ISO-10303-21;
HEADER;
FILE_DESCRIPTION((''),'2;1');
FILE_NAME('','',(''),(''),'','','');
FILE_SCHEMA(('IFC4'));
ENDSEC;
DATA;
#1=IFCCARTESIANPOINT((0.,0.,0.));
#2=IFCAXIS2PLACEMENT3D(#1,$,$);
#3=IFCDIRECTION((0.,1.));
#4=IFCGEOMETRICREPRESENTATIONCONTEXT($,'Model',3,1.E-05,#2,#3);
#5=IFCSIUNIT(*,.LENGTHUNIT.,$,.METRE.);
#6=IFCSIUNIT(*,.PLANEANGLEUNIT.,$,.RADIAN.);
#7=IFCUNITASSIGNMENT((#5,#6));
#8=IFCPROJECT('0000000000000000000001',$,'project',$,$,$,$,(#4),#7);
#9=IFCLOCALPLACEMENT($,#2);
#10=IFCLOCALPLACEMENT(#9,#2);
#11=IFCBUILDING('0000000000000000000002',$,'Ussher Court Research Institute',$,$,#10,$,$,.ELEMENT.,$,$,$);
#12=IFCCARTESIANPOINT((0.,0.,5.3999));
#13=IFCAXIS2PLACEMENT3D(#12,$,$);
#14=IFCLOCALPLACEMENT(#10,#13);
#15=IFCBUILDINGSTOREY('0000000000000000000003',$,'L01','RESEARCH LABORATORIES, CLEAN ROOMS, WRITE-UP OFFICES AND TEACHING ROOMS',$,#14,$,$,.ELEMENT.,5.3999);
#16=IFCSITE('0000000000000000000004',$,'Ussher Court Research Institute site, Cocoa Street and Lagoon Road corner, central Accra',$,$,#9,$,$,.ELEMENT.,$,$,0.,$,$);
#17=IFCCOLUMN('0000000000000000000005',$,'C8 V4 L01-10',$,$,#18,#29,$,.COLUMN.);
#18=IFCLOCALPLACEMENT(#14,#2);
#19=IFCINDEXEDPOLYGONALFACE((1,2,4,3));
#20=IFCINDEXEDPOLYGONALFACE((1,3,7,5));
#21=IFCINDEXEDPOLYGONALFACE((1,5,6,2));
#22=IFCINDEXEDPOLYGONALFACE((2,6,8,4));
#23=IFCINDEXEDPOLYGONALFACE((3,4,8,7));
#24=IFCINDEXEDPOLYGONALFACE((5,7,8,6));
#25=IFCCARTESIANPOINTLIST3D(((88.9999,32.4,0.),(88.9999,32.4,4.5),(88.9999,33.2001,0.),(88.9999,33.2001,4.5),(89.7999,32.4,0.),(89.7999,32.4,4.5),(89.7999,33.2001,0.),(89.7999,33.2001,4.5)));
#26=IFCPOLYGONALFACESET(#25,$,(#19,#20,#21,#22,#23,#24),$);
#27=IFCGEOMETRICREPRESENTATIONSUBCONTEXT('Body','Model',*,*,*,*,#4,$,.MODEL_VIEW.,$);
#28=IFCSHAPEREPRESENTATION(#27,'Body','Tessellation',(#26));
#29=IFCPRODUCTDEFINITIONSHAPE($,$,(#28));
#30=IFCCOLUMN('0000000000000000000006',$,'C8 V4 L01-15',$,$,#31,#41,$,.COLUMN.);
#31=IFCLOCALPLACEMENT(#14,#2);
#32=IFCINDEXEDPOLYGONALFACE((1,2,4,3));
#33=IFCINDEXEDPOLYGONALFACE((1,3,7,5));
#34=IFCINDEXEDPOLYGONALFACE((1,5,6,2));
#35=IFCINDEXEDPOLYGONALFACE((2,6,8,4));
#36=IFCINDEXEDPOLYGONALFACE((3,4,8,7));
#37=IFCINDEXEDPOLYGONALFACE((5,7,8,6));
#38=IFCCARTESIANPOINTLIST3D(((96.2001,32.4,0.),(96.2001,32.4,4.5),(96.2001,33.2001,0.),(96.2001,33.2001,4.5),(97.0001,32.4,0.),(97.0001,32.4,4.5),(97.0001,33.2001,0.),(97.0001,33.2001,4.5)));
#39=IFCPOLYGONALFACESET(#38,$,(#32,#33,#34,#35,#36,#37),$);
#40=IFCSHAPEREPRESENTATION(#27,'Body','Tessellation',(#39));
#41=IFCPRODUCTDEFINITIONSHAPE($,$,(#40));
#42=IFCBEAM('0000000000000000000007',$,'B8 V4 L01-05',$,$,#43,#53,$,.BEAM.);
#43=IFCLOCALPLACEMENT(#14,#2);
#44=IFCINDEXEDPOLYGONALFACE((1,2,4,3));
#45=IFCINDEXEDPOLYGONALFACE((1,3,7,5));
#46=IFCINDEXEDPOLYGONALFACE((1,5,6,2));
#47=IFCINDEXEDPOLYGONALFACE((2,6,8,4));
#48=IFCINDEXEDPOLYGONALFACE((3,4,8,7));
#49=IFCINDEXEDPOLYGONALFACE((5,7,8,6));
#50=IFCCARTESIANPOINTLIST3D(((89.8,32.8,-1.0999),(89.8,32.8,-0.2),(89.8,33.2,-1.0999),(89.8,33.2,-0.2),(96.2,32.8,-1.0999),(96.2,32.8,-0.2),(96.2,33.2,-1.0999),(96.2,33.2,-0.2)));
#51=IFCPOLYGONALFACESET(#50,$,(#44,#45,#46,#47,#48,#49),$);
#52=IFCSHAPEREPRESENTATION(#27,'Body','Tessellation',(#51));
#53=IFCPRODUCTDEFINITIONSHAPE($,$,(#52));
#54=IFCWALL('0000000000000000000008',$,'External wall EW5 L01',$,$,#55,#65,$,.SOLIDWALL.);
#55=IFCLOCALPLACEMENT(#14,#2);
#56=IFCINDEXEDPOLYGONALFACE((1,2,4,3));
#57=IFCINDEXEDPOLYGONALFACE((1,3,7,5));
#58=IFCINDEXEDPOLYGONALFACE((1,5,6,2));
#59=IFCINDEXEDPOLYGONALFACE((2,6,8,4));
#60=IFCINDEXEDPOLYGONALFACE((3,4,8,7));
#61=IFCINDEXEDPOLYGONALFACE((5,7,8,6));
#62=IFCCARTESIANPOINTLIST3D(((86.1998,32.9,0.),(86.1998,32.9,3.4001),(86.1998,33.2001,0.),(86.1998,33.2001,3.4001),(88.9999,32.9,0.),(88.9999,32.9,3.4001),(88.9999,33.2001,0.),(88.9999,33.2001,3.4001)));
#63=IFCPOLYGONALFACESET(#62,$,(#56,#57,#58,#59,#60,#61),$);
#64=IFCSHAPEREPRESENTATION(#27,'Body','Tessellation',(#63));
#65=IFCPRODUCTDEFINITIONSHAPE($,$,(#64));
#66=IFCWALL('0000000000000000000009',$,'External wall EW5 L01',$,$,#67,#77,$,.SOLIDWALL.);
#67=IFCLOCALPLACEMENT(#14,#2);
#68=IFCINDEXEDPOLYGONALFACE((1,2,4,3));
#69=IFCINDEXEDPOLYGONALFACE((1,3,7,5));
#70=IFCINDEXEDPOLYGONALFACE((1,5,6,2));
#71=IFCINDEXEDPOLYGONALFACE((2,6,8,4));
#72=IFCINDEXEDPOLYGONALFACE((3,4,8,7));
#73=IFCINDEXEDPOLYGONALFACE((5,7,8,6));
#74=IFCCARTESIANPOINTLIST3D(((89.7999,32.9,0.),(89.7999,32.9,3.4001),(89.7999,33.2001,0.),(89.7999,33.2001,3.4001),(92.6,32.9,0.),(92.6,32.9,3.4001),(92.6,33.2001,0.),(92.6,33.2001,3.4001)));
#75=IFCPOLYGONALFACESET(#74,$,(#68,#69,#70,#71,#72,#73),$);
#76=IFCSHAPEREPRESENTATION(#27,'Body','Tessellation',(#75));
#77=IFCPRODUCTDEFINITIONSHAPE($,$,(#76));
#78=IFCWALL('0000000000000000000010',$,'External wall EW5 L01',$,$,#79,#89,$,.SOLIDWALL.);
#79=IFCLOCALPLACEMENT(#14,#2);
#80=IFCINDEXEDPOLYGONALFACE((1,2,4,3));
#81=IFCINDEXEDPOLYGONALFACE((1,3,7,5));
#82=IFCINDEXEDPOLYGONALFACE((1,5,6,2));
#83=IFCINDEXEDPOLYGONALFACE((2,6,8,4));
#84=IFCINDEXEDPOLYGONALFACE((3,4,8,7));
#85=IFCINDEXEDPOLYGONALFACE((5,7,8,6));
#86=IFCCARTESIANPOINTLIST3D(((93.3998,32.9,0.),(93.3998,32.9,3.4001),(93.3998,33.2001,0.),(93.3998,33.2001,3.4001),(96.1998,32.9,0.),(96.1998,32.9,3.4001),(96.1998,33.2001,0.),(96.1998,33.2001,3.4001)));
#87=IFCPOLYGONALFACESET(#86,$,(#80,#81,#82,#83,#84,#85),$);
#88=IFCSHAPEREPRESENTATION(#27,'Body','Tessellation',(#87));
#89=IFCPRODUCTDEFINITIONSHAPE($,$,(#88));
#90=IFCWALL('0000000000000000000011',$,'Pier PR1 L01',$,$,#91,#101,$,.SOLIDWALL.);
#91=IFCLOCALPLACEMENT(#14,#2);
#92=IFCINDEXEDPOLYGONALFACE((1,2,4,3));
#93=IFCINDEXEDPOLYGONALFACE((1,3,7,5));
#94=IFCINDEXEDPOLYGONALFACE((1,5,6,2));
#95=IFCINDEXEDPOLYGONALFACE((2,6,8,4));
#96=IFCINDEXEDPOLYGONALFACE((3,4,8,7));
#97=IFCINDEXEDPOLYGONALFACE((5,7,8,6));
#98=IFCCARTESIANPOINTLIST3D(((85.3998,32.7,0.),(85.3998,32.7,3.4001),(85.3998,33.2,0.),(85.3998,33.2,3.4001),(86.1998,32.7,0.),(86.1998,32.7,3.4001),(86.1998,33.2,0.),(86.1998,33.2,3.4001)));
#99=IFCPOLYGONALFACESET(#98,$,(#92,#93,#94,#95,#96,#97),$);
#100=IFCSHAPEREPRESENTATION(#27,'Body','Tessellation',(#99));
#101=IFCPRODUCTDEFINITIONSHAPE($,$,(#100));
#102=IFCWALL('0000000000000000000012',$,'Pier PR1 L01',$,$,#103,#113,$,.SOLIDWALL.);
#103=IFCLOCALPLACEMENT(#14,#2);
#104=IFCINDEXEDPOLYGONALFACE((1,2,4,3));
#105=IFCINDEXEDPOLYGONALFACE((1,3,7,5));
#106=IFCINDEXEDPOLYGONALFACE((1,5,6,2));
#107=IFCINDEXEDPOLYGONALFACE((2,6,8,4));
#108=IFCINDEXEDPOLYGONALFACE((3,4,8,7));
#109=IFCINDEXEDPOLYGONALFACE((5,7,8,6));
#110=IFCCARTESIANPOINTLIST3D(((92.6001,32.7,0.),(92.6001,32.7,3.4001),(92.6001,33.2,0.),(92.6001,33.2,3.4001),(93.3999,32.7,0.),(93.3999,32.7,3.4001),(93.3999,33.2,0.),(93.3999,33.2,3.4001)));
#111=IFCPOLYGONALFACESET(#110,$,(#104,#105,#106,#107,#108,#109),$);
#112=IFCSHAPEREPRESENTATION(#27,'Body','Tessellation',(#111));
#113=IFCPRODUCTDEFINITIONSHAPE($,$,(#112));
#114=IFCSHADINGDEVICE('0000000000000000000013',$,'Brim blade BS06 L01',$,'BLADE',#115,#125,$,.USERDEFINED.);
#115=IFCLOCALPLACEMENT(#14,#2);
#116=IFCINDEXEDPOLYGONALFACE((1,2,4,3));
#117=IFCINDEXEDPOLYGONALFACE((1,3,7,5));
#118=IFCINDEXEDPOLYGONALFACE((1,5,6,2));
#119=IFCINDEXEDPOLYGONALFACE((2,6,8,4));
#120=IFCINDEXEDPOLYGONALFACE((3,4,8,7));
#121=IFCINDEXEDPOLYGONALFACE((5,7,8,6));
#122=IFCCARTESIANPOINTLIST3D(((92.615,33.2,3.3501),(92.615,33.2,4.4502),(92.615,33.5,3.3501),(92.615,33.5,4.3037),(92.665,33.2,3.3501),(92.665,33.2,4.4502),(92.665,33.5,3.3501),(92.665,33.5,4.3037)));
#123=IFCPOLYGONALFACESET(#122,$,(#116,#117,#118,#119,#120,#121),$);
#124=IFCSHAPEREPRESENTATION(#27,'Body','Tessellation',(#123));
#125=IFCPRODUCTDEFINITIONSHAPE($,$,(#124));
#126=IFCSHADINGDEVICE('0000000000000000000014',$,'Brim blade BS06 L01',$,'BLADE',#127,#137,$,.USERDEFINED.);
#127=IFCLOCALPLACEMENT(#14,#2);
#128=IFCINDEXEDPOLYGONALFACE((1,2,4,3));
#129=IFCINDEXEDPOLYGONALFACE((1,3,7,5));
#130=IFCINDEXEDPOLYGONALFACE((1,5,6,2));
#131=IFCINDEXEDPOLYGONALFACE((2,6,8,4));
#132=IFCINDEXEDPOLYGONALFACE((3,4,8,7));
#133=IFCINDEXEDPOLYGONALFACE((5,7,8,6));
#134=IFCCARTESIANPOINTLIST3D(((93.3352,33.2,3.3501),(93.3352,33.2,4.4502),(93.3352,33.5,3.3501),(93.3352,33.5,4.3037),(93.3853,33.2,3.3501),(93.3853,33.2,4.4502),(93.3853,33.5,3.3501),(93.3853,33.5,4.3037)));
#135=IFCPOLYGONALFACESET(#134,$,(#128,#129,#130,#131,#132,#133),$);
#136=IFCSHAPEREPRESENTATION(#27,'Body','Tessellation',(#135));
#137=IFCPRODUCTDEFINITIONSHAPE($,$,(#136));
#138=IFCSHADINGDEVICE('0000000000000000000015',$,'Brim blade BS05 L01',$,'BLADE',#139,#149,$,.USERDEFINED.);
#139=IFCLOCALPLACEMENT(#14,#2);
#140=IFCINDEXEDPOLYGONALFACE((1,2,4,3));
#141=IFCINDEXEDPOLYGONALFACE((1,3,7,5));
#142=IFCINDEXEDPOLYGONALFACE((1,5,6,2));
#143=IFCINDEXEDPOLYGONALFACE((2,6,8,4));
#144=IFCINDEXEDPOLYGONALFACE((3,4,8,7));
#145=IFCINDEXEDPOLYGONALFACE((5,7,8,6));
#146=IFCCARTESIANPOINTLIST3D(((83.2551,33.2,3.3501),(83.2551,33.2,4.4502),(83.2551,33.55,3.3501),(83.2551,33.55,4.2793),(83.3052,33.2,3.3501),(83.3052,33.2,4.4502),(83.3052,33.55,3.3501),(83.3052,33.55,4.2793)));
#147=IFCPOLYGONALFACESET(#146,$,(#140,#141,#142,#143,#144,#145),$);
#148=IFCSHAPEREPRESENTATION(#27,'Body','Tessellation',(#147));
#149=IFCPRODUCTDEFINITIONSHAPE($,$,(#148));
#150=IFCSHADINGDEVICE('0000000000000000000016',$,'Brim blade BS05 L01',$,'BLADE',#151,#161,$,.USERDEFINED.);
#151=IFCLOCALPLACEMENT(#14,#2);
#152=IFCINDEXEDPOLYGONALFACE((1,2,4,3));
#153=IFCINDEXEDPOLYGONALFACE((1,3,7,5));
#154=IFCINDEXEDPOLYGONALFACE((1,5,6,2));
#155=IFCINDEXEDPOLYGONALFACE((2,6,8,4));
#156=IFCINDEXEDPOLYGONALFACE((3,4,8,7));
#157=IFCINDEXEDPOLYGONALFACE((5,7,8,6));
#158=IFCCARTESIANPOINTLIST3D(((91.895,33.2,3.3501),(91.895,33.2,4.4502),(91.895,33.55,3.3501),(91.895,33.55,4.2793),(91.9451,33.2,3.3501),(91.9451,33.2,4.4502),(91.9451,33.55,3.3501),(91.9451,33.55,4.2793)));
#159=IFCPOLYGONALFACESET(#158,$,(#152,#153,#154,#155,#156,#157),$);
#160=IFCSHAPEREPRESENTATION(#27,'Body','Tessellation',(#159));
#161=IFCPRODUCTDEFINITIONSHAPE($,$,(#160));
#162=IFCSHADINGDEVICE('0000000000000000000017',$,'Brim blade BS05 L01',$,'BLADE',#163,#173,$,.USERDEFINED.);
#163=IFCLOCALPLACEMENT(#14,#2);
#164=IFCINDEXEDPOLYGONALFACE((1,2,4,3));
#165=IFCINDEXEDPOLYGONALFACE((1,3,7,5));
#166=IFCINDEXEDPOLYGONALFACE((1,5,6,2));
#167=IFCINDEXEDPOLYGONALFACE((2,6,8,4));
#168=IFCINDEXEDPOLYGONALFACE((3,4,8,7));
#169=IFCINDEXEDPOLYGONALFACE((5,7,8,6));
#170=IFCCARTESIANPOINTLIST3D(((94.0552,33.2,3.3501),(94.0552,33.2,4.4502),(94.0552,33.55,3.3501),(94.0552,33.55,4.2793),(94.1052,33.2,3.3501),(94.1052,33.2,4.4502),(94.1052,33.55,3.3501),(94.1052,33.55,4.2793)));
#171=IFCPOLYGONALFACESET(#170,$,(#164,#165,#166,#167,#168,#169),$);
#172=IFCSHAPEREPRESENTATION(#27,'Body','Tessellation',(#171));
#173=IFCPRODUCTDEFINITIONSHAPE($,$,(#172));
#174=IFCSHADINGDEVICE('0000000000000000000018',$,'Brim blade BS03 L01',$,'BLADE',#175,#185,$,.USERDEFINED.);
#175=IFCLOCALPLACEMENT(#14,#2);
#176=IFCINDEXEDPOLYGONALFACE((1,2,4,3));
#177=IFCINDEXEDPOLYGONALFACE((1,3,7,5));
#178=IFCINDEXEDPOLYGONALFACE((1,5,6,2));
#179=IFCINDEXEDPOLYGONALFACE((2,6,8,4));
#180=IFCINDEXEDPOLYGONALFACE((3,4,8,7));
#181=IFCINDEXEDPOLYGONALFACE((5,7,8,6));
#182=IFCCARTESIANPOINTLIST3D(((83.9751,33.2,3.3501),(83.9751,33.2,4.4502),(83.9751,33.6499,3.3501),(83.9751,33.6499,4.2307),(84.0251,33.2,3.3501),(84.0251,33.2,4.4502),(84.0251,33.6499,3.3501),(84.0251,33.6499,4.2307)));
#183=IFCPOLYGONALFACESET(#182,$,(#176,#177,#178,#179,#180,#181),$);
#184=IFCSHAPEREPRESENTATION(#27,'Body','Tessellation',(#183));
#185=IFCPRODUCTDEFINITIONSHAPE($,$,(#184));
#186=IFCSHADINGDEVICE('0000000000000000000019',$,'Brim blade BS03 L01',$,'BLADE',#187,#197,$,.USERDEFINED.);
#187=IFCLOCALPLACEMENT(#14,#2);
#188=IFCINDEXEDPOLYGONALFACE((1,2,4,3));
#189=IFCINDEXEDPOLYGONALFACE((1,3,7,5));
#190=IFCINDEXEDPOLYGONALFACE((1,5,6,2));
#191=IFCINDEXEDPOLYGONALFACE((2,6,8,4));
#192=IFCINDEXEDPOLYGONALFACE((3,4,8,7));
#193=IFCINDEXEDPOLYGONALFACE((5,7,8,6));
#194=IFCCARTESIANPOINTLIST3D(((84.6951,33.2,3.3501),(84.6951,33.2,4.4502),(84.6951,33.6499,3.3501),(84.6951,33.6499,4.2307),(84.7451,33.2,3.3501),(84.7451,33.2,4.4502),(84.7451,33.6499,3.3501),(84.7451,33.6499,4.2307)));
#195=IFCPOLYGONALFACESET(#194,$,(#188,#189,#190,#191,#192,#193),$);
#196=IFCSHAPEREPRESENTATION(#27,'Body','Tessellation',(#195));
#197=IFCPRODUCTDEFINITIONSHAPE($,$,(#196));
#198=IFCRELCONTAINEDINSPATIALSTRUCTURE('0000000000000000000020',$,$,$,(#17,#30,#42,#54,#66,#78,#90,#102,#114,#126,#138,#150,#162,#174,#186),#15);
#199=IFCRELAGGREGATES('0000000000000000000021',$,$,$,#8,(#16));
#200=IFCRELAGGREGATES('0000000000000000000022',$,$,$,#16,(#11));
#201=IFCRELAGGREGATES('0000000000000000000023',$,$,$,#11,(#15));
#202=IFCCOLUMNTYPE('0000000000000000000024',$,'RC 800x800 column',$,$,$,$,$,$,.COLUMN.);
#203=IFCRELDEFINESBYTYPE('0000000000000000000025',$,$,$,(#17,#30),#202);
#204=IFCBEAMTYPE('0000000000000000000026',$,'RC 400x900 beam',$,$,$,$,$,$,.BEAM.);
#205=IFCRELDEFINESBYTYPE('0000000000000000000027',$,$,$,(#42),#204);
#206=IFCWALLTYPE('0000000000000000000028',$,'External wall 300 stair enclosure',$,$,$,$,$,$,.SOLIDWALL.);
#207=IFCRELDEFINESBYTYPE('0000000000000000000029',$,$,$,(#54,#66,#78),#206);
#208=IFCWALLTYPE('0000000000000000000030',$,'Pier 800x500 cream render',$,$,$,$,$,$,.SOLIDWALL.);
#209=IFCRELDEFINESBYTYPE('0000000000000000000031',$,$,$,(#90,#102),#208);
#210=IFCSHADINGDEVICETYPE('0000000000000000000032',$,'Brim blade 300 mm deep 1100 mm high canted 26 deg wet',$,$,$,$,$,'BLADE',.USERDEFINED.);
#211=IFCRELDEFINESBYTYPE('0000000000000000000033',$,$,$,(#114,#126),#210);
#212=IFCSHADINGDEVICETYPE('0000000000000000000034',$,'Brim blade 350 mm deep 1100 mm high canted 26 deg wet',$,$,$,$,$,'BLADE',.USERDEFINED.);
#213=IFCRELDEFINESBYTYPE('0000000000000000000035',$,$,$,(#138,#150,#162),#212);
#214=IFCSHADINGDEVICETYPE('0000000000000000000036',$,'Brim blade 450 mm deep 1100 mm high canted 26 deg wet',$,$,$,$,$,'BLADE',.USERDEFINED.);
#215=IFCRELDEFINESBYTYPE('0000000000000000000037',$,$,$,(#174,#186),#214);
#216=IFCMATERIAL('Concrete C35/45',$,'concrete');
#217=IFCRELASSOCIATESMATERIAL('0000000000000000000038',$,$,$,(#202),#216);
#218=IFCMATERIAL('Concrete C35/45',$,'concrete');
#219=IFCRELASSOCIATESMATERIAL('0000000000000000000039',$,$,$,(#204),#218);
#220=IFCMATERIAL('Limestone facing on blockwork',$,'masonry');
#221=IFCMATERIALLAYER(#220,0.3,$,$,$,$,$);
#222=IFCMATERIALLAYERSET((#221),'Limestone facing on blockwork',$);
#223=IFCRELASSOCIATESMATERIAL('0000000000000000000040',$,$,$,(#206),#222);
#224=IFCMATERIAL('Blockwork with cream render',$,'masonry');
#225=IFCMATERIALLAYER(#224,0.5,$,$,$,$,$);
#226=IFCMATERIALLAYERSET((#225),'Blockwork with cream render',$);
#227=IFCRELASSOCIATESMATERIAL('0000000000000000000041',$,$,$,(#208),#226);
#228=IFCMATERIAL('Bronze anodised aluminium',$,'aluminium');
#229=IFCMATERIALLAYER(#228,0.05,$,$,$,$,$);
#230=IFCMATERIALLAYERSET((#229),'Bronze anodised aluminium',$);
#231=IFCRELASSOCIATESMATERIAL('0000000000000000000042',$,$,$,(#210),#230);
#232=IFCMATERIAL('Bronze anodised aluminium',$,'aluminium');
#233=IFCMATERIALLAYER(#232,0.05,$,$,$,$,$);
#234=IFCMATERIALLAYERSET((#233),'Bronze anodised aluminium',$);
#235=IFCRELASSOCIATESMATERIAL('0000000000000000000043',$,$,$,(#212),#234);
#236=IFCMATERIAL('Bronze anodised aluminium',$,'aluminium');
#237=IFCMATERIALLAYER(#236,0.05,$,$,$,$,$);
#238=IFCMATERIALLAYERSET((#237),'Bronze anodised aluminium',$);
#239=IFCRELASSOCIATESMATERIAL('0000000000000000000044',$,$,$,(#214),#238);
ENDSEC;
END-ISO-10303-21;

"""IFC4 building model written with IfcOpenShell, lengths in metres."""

from ifc_helpers import new_model, si_unit, direction, frame, frame_2d, origin, origin_2d, place, context, subcontext, project, spatial, polyline, rectangle, outline, extrude, material, layer, layer_set, material_profile, profile_set, type_object, element, save


model = new_model("IFC4")

# Units and contexts
model_context = context("Model", 3, precision=1e-05, world=origin(), true_north=direction((0.0, 1.0)))
body_context = subcontext(model_context, "Body", "Model", "MODEL_VIEW")
ifc_project = project(units=[si_unit("LENGTHUNIT", "METRE"), si_unit("PLANEANGLEUNIT", "RADIAN")], contexts=[model_context])

# Site, building, storey
site_placement = place(None, origin())
site = spatial("IfcSite", under=ifc_project, at=site_placement, Name="Ussher Court Research Institute site, Cocoa Street and Lagoon Road corner, central Accra", CompositionType="ELEMENT", RefElevation=0.0)
building_placement = place(site_placement, origin())
building = spatial("IfcBuilding", under=site, at=building_placement, Name="Ussher Court Research Institute", CompositionType="ELEMENT")
storey_placement = place(building_placement, frame((0.0, 0.0, 5.3999)))
storey = spatial("IfcBuildingStorey", under=building, at=storey_placement, Name="L01", Description="RESEARCH LABORATORIES, CLEAN ROOMS, WRITE-UP OFFICES AND TEACHING ROOMS", CompositionType="ELEMENT", Elevation=5.3999)

# Columns
ifc_material_1 = material(Name="Concrete C35/45", Category="concrete")
ifc_material_profile_1 = material_profile(ifc_material_1, rectangle(XDim=0.8, YDim=0.8, at=origin_2d()), Name="RC 800x800")
ifc_profile_set_1 = profile_set([ifc_material_profile_1], Name="Concrete C35/45")
column_type = type_object("IfcColumnType", Name="RC 800x800 column", PredefinedType="COLUMN", material=ifc_profile_set_1)
for number, where, z_axis, x_axis, name in (
    (1, (89.3999, 32.8, 0.0), (0.0, 0.0, 1.0), (1.0, 0.0, 0.0), "C8 V4 L01-10"),
    (2, (96.6001, 32.8, 0.0), (0.0, 0.0, 1.0), (1.0, 0.0, 0.0), "C8 V4 L01-15"),
):
    element("IfcColumn", number, at=place(storey_placement, frame(where, z_axis=z_axis, x_axis=x_axis)), inside=storey, type_object=column_type, Name=name, PredefinedType="COLUMN", context=body_context, shape_type="SweptSolid", body=[
        extrude(rectangle(XDim=0.8, YDim=0.8, at=origin_2d()), origin(), (0.0, 0.0, 1.0), 4.5),
    ])

# Beam
ifc_material_2 = material(Name="Concrete C35/45", Category="concrete")
ifc_material_profile_2 = material_profile(ifc_material_2, rectangle(XDim=0.3999, YDim=0.8999, at=origin_2d()), Name="RC 400x900")
ifc_profile_set_2 = profile_set([ifc_material_profile_2], Name="Concrete C35/45")
beam_type = type_object("IfcBeamType", Name="RC 400x900 beam", PredefinedType="BEAM", material=ifc_profile_set_2)
beam_placement = place(storey_placement, frame((89.8, 33.0, -0.6499), z_axis=(1.0, 0.0, 0.0), x_axis=(0.0, 1.0, 0.0)))
element("IfcBeam", 3, at=beam_placement, inside=storey, type_object=beam_type, Name="B8 V4 L01-05", PredefinedType="BEAM", context=body_context, shape_type="SweptSolid", body=[
    extrude(rectangle(XDim=0.3999, YDim=0.8999, at=origin_2d()), origin(), (0.0, 0.0, 1.0), 6.3999),
])

# Walls
ifc_material_3 = material(Name="Limestone facing on blockwork", Category="masonry")
ifc_layer_1 = layer(ifc_material_3, 0.3)
ifc_layer_set_1 = layer_set([ifc_layer_1], Name="Limestone facing on blockwork")
wall_type_1 = type_object("IfcWallType", Name="External wall 300 stair enclosure", PredefinedType="SOLIDWALL", material=ifc_layer_set_1)
for number, where, z_axis, x_axis, name in (
    (4, (86.2, 33.05, 0.0), (0.0, 0.0, 1.0), (1.0, 0.0, 0.0), "External wall EW5 L01"),
    (5, (89.8, 33.05, 0.0), (0.0, 0.0, 1.0), (1.0, 0.0, 0.0), "External wall EW5 L01"),
    (6, (93.3999, 33.05, 0.0), (0.0, 0.0, 1.0), (1.0, 0.0, 0.0), "External wall EW5 L01"),
):
    element("IfcWall", number, at=place(storey_placement, frame(where, z_axis=z_axis, x_axis=x_axis)), inside=storey, type_object=wall_type_1, Name=name, PredefinedType="SOLIDWALL", context=body_context, shape_type="SweptSolid", body=[
        extrude(rectangle(XDim=2.8, YDim=0.3, at=frame_2d((1.3999, 0.0))), origin(), (0.0, 0.0, 1.0), 3.4001),
    ])
ifc_material_4 = material(Name="Blockwork with cream render", Category="masonry")
ifc_layer_2 = layer(ifc_material_4, 0.5)
ifc_layer_set_2 = layer_set([ifc_layer_2], Name="Blockwork with cream render")
wall_type_2 = type_object("IfcWallType", Name="Pier 800x500 cream render", PredefinedType="SOLIDWALL", material=ifc_layer_set_2)
wall_1_placement = place(storey_placement, frame((85.3999, 32.95, 0.0), z_axis=(0.0, 0.0, 1.0), x_axis=(1.0, 0.0, 0.0)))
element("IfcWall", 7, at=wall_1_placement, inside=storey, type_object=wall_type_2, Name="Pier PR1 L01", PredefinedType="SOLIDWALL", context=body_context, shape_type="SweptSolid", body=[
    extrude(rectangle(XDim=0.8, YDim=0.5, at=frame_2d((0.3999, 0.0))), origin(), (0.0, 0.0, 1.0), 3.4001),
])
wall_2_placement = place(storey_placement, frame((92.6001, 32.95, 0.0), z_axis=(0.0, 0.0, 1.0), x_axis=(1.0, 0.0, 0.0)))
element("IfcWall", 8, at=wall_2_placement, inside=storey, type_object=wall_type_2, Name="Pier PR1 L01", PredefinedType="SOLIDWALL", context=body_context, shape_type="SweptSolid", body=[
    extrude(rectangle(XDim=0.7998, YDim=0.5, at=frame_2d((0.3999, 0.0))), origin(), (0.0, 0.0, 1.0), 3.4001),
])

# Shading devices
ifc_material_5 = material(Name="Bronze anodised aluminium", Category="aluminium")
ifc_layer_3 = layer(ifc_material_5, 0.05)
ifc_layer_set_3 = layer_set([ifc_layer_3], Name="Bronze anodised aluminium")
shading_device_type_1 = type_object("IfcShadingDeviceType", Name="Brim blade 300 mm deep 1100 mm high canted 26 deg wet", ElementType="BLADE", PredefinedType="USERDEFINED", material=ifc_layer_set_3)
for number, where, z_axis, x_axis, name in (
    (9, (92.6399, 33.2, 3.3501), (0.0, 0.0, 1.0), (0.0, 1.0, 0.0), "Brim blade BS06 L01"),
    (10, (93.3601, 33.2, 3.3501), (0.0, 0.0, 1.0), (0.0, 1.0, 0.0), "Brim blade BS06 L01"),
):
    element("IfcShadingDevice", number, at=place(storey_placement, frame(where, z_axis=z_axis, x_axis=x_axis)), inside=storey, type_object=shading_device_type_1, Name=name, ObjectType="BLADE", PredefinedType="USERDEFINED", context=body_context, shape_type="SweptSolid", body=[
        extrude(outline(polyline([(0.0, 0.0), (0.3, 0.0), (0.3, 0.9536), (0.0, 1.1001), (0.0, 0.0)])), frame((0.0, 0.0249, 0.0), z_axis=(0.0, -1.0, 0.0), x_axis=(1.0, 0.0, 0.0)), (0.0, 0.0, 1.0), 0.05),
    ])
ifc_material_6 = material(Name="Bronze anodised aluminium", Category="aluminium")
ifc_layer_4 = layer(ifc_material_6, 0.05)
ifc_layer_set_4 = layer_set([ifc_layer_4], Name="Bronze anodised aluminium")
shading_device_type_2 = type_object("IfcShadingDeviceType", Name="Brim blade 350 mm deep 1100 mm high canted 26 deg wet", ElementType="BLADE", PredefinedType="USERDEFINED", material=ifc_layer_set_4)
for number, where, z_axis, x_axis, name in (
    (11, (83.28, 33.2, 3.3501), (0.0, 0.0, 1.0), (0.0, 1.0, 0.0), "Brim blade BS05 L01"),
    (12, (91.9199, 33.2, 3.3501), (0.0, 0.0, 1.0), (0.0, 1.0, 0.0), "Brim blade BS05 L01"),
    (13, (94.0801, 33.2, 3.3501), (0.0, 0.0, 1.0), (0.0, 1.0, 0.0), "Brim blade BS05 L01"),
):
    element("IfcShadingDevice", number, at=place(storey_placement, frame(where, z_axis=z_axis, x_axis=x_axis)), inside=storey, type_object=shading_device_type_2, Name=name, ObjectType="BLADE", PredefinedType="USERDEFINED", context=body_context, shape_type="SweptSolid", body=[
        extrude(outline(polyline([(0.0, 0.0), (0.3501, 0.0), (0.3501, 0.9292), (0.0, 1.1001), (0.0, 0.0)])), frame((0.0, 0.0249, 0.0), z_axis=(0.0, -1.0, 0.0), x_axis=(1.0, 0.0, 0.0)), (0.0, 0.0, 1.0), 0.05),
    ])
ifc_material_7 = material(Name="Bronze anodised aluminium", Category="aluminium")
ifc_layer_5 = layer(ifc_material_7, 0.05)
ifc_layer_set_5 = layer_set([ifc_layer_5], Name="Bronze anodised aluminium")
shading_device_type_3 = type_object("IfcShadingDeviceType", Name="Brim blade 450 mm deep 1100 mm high canted 26 deg wet", ElementType="BLADE", PredefinedType="USERDEFINED", material=ifc_layer_set_5)
for number, where, z_axis, x_axis, name in (
    (14, (84.0, 33.2, 3.3501), (0.0, 0.0, 1.0), (0.0, 1.0, 0.0), "Brim blade BS03 L01"),
    (15, (84.72, 33.2, 3.3501), (0.0, 0.0, 1.0), (0.0, 1.0, 0.0), "Brim blade BS03 L01"),
):
    element("IfcShadingDevice", number, at=place(storey_placement, frame(where, z_axis=z_axis, x_axis=x_axis)), inside=storey, type_object=shading_device_type_3, Name=name, ObjectType="BLADE", PredefinedType="USERDEFINED", context=body_context, shape_type="SweptSolid", body=[
        extrude(outline(polyline([(0.0, 0.0), (0.45, 0.0), (0.45, 0.8806), (0.0, 1.1001), (0.0, 0.0)])), frame((0.0, 0.0249, 0.0), z_axis=(0.0, -1.0, 0.0), x_axis=(1.0, 0.0, 0.0)), (0.0, 0.0, 1.0), 0.05),
    ])

save(model, "model.ifc")
